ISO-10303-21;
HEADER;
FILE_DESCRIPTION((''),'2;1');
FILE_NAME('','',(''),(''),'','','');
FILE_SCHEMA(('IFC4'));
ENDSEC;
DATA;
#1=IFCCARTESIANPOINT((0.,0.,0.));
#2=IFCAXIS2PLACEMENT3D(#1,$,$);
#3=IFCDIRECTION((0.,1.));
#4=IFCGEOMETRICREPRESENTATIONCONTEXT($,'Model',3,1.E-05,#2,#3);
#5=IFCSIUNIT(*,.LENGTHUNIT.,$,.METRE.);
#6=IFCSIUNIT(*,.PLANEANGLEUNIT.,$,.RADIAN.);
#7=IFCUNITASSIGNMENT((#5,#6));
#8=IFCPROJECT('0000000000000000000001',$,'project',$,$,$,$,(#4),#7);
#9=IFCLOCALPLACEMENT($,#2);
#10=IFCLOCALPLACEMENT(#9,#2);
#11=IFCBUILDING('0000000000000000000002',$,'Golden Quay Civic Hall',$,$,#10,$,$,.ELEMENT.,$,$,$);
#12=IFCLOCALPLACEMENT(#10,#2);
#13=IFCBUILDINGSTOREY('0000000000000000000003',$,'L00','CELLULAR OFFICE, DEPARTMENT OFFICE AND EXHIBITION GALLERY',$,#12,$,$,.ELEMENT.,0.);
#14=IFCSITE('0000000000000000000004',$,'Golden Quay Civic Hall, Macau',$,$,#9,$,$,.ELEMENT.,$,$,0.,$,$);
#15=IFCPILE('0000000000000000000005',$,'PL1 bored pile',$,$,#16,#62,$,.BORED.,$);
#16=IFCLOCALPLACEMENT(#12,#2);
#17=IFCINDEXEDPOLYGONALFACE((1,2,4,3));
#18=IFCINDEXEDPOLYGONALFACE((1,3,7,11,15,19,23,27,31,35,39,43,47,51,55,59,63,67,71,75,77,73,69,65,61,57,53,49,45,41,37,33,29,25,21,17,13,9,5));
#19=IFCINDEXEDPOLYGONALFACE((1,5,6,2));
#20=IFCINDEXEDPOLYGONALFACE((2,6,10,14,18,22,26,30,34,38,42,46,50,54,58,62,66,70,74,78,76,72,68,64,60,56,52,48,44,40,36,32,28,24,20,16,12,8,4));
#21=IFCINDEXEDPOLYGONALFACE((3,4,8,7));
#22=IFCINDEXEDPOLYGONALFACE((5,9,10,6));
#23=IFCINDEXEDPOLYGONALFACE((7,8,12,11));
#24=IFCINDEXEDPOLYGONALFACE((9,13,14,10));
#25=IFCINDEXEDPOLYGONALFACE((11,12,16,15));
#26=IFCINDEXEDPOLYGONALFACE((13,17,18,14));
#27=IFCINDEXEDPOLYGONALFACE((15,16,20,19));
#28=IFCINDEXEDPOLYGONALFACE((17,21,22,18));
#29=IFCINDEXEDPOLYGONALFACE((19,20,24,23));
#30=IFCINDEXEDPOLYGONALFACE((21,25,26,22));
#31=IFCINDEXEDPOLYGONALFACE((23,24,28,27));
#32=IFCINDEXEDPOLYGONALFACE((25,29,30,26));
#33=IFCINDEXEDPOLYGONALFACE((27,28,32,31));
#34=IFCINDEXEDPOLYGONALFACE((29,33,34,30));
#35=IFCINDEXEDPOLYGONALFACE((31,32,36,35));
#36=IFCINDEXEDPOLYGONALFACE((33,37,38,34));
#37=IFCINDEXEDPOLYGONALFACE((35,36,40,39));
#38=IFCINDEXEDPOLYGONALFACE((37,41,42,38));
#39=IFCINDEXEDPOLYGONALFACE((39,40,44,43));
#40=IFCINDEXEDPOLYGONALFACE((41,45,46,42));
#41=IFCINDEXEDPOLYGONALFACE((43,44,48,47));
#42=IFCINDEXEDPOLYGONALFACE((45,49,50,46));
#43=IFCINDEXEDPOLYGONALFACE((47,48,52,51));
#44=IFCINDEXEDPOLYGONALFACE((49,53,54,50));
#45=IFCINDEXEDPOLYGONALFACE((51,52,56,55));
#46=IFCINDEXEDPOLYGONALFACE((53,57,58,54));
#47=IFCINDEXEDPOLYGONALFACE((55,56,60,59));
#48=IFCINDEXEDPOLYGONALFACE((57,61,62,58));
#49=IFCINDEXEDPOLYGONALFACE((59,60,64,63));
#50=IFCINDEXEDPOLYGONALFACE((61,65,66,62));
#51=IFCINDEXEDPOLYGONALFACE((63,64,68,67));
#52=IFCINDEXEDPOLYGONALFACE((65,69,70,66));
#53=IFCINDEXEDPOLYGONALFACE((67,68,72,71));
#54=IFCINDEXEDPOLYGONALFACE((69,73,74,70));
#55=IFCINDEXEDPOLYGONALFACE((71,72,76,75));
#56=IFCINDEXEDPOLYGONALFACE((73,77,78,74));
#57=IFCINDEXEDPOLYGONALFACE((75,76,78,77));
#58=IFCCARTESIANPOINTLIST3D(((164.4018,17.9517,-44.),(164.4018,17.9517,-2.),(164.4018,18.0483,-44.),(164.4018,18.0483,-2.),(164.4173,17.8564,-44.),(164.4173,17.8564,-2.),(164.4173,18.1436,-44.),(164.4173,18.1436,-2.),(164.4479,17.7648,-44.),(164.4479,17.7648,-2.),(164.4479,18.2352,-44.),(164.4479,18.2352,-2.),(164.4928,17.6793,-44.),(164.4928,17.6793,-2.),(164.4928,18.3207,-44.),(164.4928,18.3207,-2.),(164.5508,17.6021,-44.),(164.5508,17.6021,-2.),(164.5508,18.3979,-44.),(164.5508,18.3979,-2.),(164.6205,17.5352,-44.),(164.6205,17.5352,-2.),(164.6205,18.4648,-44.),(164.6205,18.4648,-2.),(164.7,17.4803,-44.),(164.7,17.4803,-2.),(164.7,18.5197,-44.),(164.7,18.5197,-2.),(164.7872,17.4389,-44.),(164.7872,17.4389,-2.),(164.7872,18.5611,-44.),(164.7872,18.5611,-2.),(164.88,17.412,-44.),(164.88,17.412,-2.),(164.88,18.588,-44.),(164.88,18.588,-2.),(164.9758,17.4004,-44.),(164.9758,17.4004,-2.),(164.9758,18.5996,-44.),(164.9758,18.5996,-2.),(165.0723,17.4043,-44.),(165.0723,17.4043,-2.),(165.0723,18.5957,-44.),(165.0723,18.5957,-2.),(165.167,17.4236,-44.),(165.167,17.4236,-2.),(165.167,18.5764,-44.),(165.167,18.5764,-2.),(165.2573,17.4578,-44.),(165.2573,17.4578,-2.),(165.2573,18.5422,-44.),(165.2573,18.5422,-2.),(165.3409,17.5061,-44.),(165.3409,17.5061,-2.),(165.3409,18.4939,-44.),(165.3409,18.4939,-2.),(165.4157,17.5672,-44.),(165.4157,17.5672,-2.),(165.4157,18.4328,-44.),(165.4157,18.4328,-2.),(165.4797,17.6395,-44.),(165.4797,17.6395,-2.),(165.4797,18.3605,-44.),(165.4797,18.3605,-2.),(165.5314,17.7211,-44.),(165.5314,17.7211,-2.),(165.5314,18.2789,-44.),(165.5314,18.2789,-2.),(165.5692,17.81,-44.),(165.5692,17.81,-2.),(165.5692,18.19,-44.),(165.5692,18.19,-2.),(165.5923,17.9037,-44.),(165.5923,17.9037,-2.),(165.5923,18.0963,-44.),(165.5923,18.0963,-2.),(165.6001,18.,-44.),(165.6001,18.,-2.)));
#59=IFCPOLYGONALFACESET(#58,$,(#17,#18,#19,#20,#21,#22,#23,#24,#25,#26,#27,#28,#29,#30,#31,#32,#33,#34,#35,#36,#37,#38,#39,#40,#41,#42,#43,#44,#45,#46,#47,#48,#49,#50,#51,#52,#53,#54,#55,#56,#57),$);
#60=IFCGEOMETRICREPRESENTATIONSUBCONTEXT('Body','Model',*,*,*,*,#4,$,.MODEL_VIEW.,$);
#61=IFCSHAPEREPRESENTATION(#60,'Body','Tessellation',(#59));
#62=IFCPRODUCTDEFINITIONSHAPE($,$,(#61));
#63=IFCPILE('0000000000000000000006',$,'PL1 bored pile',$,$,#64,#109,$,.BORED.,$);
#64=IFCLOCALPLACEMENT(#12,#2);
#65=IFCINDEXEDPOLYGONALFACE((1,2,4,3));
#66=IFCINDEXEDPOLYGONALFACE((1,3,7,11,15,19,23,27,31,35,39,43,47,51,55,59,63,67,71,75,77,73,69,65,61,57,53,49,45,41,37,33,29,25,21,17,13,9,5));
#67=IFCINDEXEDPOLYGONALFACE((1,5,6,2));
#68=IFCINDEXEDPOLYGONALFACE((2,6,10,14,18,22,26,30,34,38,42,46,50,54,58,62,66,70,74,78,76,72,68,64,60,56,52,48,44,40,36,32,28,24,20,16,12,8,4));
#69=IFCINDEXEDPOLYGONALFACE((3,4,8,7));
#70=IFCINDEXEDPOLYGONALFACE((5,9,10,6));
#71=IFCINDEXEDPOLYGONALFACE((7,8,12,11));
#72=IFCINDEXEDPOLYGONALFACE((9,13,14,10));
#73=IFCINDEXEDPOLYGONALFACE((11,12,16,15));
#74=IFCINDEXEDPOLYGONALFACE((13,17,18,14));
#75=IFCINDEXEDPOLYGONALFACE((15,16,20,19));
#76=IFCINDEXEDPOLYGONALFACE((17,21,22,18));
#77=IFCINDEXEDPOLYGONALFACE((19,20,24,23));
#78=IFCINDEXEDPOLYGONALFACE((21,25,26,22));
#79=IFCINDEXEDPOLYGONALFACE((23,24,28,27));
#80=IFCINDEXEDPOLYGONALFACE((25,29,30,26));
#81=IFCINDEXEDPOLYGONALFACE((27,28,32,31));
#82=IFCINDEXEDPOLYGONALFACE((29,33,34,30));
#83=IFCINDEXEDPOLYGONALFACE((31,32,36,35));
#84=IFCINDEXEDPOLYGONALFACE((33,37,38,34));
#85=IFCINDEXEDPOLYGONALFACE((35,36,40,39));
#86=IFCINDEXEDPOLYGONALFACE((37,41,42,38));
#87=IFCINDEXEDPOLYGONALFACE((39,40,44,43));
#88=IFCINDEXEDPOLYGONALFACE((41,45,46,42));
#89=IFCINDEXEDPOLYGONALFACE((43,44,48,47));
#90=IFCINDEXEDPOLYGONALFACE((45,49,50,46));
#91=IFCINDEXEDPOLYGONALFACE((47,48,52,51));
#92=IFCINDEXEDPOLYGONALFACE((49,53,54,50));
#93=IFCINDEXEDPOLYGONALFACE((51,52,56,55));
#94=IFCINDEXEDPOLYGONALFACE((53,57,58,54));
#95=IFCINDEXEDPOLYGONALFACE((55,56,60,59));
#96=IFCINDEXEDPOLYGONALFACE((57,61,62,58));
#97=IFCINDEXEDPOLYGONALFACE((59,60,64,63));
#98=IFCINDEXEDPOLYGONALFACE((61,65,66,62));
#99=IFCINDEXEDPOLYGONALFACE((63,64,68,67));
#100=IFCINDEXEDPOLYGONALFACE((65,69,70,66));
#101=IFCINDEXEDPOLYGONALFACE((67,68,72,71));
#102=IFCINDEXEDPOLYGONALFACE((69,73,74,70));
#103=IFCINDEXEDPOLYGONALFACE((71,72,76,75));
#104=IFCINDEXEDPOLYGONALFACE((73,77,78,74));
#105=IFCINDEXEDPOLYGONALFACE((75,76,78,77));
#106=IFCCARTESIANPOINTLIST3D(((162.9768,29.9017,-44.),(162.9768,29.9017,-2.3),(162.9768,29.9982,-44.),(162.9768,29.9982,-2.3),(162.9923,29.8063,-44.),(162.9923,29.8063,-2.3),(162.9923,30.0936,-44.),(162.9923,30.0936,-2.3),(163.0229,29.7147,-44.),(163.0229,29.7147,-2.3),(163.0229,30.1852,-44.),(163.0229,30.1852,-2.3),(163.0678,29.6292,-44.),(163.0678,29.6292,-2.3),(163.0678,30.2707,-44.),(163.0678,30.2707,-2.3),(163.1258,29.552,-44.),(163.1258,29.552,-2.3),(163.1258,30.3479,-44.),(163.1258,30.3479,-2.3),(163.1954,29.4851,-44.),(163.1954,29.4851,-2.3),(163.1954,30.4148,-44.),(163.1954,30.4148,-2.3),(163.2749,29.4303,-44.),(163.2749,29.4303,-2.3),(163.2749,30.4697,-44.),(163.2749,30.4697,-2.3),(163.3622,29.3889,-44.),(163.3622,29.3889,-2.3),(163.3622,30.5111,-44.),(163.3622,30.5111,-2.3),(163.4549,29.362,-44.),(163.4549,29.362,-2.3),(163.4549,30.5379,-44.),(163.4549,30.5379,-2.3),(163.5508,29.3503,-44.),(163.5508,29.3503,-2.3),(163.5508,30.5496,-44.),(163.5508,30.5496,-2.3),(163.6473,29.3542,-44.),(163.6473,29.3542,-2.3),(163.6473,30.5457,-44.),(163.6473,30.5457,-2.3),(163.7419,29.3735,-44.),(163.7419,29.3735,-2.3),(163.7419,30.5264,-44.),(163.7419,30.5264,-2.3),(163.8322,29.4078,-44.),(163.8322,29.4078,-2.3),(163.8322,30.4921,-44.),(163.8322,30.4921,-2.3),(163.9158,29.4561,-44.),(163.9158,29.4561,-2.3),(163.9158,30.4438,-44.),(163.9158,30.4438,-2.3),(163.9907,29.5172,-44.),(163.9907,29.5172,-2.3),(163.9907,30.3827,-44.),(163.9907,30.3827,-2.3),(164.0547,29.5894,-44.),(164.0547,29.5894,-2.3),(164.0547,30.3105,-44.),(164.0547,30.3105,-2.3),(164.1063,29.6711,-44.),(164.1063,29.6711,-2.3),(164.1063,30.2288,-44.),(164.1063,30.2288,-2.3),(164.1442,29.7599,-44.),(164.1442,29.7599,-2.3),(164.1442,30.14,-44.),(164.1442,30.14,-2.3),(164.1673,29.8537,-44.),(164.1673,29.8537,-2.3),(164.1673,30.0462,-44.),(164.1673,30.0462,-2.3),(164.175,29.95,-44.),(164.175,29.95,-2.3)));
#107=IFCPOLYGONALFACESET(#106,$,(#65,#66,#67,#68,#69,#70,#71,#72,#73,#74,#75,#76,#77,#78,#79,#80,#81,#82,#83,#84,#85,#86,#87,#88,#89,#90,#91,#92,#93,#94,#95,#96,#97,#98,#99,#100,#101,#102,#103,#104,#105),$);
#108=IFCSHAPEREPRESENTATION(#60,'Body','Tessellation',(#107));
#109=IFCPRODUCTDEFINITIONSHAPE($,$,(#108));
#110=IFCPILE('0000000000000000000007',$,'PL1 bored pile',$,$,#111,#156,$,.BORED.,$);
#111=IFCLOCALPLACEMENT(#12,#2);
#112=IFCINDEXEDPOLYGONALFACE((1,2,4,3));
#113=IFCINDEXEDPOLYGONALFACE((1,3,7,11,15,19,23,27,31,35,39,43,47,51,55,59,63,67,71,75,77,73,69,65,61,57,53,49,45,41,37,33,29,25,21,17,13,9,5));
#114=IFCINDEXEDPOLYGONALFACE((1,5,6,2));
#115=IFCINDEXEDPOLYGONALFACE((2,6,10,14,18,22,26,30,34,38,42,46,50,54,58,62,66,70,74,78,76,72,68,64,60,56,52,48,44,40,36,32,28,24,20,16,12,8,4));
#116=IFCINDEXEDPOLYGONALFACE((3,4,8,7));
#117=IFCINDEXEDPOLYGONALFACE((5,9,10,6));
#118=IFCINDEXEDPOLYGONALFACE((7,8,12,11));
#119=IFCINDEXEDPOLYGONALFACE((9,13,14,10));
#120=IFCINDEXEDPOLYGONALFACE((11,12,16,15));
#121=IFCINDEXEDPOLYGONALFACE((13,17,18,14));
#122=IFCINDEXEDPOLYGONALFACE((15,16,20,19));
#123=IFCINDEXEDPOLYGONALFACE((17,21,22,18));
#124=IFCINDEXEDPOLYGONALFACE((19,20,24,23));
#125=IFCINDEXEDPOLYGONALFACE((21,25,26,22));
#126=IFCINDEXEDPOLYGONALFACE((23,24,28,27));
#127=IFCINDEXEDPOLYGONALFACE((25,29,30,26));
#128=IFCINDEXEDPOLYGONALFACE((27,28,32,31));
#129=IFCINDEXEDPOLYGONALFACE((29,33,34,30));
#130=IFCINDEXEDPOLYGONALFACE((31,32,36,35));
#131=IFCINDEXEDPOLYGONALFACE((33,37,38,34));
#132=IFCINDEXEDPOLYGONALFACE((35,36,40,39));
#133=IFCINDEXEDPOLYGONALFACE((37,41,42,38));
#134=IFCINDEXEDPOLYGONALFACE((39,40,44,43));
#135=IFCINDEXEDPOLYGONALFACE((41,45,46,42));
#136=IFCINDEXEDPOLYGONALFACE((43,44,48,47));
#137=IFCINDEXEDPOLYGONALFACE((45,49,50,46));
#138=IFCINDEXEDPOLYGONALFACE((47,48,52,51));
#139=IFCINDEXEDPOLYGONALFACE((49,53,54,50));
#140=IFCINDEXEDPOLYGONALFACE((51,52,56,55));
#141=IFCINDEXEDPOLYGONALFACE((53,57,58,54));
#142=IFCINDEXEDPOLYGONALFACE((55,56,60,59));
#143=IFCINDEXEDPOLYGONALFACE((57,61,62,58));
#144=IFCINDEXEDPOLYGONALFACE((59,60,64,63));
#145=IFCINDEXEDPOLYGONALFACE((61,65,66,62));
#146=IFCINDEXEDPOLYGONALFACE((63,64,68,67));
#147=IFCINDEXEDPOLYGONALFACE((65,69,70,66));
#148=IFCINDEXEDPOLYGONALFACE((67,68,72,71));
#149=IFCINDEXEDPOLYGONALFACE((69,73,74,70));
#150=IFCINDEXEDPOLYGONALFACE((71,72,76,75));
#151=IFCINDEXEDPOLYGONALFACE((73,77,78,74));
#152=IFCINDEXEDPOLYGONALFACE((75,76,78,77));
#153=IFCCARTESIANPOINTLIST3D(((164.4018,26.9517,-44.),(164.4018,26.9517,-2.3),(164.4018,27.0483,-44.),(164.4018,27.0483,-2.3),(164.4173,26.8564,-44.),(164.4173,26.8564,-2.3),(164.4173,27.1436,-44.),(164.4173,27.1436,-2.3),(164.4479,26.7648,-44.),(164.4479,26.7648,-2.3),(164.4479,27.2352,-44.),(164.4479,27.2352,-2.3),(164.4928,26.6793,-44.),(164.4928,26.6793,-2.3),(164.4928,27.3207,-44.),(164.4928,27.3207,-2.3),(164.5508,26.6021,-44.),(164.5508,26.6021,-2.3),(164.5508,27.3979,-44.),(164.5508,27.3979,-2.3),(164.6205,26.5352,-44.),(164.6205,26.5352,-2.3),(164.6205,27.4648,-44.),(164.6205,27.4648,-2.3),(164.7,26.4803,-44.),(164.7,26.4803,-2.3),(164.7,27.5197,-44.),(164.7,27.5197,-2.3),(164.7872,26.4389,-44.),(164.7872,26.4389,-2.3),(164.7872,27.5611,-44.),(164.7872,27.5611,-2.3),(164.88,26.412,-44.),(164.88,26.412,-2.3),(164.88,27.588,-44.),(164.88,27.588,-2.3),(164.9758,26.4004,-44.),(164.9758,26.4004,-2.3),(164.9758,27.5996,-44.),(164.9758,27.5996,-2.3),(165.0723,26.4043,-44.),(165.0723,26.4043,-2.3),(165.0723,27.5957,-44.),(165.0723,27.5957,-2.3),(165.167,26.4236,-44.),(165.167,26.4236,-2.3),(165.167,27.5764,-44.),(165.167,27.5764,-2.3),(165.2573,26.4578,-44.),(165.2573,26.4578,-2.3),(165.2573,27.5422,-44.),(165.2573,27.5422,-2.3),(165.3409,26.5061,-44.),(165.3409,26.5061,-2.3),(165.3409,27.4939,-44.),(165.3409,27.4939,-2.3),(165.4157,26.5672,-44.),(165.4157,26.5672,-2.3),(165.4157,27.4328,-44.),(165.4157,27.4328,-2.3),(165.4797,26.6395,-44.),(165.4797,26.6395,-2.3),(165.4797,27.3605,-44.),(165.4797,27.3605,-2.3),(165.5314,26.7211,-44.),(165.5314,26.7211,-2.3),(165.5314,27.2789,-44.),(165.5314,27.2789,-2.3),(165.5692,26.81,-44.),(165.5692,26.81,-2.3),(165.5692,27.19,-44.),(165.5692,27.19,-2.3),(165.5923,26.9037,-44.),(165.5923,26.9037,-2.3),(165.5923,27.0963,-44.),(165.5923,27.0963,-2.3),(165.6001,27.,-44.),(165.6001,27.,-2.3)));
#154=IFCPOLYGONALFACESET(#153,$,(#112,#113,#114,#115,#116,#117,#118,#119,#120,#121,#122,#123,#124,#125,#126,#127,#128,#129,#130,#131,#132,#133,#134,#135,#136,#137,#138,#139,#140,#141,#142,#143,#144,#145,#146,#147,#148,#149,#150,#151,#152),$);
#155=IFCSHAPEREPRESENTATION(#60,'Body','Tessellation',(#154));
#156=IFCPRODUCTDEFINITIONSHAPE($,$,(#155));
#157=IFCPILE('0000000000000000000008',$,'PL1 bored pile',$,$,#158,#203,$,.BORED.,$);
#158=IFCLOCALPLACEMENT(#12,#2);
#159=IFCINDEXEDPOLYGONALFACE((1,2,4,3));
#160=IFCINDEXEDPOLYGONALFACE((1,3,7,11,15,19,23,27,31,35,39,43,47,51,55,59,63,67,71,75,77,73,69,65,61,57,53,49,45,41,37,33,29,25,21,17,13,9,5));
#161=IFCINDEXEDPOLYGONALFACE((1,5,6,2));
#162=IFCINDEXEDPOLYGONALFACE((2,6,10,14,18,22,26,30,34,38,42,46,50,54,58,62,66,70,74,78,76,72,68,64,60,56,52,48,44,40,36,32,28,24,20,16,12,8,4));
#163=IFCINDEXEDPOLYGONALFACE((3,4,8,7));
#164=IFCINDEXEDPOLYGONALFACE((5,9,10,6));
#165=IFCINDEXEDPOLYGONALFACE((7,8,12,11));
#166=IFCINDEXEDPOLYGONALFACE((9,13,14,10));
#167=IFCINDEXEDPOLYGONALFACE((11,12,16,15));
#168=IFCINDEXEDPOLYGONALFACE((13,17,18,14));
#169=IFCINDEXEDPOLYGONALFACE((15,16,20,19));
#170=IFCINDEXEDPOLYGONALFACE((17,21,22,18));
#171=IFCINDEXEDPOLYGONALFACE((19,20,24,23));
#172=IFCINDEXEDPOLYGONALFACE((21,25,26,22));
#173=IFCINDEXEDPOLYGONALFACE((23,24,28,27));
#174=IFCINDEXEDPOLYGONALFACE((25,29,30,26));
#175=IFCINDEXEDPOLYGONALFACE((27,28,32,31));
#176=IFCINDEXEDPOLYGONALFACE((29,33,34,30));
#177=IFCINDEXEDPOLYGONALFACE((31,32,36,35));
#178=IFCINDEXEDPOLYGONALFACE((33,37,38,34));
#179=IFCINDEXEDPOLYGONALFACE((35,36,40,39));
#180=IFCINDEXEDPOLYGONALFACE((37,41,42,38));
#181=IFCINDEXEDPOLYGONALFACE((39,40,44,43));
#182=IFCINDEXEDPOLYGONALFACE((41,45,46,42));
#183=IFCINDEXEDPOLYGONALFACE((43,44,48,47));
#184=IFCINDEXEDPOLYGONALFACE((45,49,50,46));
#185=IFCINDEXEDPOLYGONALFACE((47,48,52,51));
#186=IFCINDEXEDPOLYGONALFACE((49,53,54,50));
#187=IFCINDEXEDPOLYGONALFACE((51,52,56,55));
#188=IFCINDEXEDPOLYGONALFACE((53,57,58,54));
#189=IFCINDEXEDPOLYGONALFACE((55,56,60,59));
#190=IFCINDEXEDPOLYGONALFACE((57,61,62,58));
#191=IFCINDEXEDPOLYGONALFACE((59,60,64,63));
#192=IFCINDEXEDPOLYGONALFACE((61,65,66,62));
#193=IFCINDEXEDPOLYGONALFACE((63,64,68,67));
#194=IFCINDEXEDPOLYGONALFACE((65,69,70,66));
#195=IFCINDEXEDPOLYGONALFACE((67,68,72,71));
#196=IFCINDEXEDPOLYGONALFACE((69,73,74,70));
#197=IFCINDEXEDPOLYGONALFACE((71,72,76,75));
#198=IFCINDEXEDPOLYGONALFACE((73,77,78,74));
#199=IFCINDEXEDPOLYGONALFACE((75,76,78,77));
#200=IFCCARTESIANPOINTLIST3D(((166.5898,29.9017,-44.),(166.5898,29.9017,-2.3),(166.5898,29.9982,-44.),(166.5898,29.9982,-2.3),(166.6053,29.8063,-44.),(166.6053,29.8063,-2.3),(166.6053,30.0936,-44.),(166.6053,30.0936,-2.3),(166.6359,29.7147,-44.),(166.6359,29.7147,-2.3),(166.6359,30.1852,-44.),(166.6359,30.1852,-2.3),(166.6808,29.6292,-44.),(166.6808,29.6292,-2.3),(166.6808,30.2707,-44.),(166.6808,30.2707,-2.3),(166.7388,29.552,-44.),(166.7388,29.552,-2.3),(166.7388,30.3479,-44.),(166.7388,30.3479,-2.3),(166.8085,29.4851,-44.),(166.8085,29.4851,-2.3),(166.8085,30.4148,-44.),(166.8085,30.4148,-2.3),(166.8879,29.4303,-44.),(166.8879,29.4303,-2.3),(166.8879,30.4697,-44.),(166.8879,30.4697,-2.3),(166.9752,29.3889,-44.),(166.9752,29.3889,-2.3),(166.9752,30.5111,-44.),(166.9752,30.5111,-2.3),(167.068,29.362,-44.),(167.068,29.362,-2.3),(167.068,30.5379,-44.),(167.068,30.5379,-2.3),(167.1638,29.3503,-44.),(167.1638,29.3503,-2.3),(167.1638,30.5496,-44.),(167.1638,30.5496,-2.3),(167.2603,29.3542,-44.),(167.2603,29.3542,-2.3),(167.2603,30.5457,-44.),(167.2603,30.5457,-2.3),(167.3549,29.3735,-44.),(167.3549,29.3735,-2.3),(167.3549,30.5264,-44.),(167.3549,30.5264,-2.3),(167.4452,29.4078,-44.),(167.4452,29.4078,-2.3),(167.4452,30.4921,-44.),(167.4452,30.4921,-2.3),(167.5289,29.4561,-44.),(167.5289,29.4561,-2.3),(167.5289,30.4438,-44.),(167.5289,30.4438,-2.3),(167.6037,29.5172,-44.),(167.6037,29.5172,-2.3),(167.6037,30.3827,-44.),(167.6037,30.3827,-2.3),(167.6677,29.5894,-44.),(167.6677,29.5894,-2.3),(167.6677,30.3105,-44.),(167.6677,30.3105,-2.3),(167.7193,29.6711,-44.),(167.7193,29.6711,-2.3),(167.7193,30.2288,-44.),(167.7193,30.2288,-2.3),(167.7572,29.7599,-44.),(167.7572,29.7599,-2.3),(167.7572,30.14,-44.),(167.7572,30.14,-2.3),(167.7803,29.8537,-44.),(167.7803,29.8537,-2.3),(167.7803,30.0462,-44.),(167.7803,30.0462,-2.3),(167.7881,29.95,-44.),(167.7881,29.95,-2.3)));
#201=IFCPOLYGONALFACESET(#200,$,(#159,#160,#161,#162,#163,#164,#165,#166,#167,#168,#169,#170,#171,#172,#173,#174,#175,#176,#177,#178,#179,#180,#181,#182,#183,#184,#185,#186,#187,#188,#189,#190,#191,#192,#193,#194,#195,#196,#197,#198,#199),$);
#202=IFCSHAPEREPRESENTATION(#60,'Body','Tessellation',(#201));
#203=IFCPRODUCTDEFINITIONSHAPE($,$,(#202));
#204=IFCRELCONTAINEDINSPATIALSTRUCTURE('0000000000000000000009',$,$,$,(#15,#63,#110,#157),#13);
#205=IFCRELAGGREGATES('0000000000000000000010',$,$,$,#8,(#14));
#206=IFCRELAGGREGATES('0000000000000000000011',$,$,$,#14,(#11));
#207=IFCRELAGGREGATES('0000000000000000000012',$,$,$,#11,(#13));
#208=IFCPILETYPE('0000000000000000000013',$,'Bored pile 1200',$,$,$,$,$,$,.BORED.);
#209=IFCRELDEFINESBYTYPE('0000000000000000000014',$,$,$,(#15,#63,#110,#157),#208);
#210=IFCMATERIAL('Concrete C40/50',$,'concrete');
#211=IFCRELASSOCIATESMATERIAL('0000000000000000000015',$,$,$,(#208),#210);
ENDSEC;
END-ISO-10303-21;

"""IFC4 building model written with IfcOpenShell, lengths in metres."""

from ifc_helpers import new_model, si_unit, direction, frame, origin, origin_2d, place, context, subcontext, project, spatial, circle, extrude, material, material_profile, profile_set, type_object, element, save


model = new_model("IFC4")

# Units and contexts
model_context = context("Model", 3, precision=1e-05, world=origin(), true_north=direction((0.0, 1.0)))
body_context = subcontext(model_context, "Body", "Model", "MODEL_VIEW")
ifc_project = project(units=[si_unit("LENGTHUNIT", "METRE"), si_unit("PLANEANGLEUNIT", "RADIAN")], contexts=[model_context])

# Site, building, storey
site_placement = place(None, origin())
site = spatial("IfcSite", under=ifc_project, at=site_placement, Name="Golden Quay Civic Hall, Macau", CompositionType="ELEMENT", RefElevation=0.0)
building_placement = place(site_placement, origin())
building = spatial("IfcBuilding", under=site, at=building_placement, Name="Golden Quay Civic Hall", CompositionType="ELEMENT")
storey_placement = place(building_placement, origin())
storey = spatial("IfcBuildingStorey", under=building, at=storey_placement, Name="L00", Description="CELLULAR OFFICE, DEPARTMENT OFFICE AND EXHIBITION GALLERY", CompositionType="ELEMENT", Elevation=0.0)

# Piles
ifc_material_1 = material(Name="Concrete C40/50", Category="concrete")
ifc_material_profile_1 = material_profile(ifc_material_1, circle(Radius=0.6001, at=origin_2d()), Name="RC D1200")
ifc_profile_set_1 = profile_set([ifc_material_profile_1], Name="Concrete C40/50")
pile_type = type_object("IfcPileType", Name="Bored pile 1200", PredefinedType="BORED", material=ifc_profile_set_1)
pile_placement = place(storey_placement, frame((165.0, 18.0, -2.0), z_axis=(0.0, 0.0, -1.0), x_axis=(1.0, 0.0, 0.0)))
element("IfcPile", 1, at=pile_placement, inside=storey, type_object=pile_type, Name="PL1 bored pile", PredefinedType="BORED", context=body_context, shape_type="SweptSolid", body=[
    extrude(circle(Radius=0.6001, at=origin_2d()), origin(), (0.0, 0.0, 1.0), 42.0),
])
for number, where, z_axis, x_axis, name in (
    (2, (163.575, 29.95, -2.3), (0.0, 0.0, -1.0), (1.0, 0.0, 0.0), "PL1 bored pile"),
    (3, (165.0, 27.0, -2.3), (0.0, 0.0, -1.0), (1.0, 0.0, 0.0), "PL1 bored pile"),
    (4, (167.188, 29.95, -2.3), (0.0, 0.0, -1.0), (1.0, 0.0, 0.0), "PL1 bored pile"),
):
    element("IfcPile", number, at=place(storey_placement, frame(where, z_axis=z_axis, x_axis=x_axis)), inside=storey, type_object=pile_type, Name=name, PredefinedType="BORED", context=body_context, shape_type="SweptSolid", body=[
        extrude(circle(Radius=0.6001, at=origin_2d()), origin(), (0.0, 0.0, 1.0), 41.7),
    ])

save(model, "model.ifc")
